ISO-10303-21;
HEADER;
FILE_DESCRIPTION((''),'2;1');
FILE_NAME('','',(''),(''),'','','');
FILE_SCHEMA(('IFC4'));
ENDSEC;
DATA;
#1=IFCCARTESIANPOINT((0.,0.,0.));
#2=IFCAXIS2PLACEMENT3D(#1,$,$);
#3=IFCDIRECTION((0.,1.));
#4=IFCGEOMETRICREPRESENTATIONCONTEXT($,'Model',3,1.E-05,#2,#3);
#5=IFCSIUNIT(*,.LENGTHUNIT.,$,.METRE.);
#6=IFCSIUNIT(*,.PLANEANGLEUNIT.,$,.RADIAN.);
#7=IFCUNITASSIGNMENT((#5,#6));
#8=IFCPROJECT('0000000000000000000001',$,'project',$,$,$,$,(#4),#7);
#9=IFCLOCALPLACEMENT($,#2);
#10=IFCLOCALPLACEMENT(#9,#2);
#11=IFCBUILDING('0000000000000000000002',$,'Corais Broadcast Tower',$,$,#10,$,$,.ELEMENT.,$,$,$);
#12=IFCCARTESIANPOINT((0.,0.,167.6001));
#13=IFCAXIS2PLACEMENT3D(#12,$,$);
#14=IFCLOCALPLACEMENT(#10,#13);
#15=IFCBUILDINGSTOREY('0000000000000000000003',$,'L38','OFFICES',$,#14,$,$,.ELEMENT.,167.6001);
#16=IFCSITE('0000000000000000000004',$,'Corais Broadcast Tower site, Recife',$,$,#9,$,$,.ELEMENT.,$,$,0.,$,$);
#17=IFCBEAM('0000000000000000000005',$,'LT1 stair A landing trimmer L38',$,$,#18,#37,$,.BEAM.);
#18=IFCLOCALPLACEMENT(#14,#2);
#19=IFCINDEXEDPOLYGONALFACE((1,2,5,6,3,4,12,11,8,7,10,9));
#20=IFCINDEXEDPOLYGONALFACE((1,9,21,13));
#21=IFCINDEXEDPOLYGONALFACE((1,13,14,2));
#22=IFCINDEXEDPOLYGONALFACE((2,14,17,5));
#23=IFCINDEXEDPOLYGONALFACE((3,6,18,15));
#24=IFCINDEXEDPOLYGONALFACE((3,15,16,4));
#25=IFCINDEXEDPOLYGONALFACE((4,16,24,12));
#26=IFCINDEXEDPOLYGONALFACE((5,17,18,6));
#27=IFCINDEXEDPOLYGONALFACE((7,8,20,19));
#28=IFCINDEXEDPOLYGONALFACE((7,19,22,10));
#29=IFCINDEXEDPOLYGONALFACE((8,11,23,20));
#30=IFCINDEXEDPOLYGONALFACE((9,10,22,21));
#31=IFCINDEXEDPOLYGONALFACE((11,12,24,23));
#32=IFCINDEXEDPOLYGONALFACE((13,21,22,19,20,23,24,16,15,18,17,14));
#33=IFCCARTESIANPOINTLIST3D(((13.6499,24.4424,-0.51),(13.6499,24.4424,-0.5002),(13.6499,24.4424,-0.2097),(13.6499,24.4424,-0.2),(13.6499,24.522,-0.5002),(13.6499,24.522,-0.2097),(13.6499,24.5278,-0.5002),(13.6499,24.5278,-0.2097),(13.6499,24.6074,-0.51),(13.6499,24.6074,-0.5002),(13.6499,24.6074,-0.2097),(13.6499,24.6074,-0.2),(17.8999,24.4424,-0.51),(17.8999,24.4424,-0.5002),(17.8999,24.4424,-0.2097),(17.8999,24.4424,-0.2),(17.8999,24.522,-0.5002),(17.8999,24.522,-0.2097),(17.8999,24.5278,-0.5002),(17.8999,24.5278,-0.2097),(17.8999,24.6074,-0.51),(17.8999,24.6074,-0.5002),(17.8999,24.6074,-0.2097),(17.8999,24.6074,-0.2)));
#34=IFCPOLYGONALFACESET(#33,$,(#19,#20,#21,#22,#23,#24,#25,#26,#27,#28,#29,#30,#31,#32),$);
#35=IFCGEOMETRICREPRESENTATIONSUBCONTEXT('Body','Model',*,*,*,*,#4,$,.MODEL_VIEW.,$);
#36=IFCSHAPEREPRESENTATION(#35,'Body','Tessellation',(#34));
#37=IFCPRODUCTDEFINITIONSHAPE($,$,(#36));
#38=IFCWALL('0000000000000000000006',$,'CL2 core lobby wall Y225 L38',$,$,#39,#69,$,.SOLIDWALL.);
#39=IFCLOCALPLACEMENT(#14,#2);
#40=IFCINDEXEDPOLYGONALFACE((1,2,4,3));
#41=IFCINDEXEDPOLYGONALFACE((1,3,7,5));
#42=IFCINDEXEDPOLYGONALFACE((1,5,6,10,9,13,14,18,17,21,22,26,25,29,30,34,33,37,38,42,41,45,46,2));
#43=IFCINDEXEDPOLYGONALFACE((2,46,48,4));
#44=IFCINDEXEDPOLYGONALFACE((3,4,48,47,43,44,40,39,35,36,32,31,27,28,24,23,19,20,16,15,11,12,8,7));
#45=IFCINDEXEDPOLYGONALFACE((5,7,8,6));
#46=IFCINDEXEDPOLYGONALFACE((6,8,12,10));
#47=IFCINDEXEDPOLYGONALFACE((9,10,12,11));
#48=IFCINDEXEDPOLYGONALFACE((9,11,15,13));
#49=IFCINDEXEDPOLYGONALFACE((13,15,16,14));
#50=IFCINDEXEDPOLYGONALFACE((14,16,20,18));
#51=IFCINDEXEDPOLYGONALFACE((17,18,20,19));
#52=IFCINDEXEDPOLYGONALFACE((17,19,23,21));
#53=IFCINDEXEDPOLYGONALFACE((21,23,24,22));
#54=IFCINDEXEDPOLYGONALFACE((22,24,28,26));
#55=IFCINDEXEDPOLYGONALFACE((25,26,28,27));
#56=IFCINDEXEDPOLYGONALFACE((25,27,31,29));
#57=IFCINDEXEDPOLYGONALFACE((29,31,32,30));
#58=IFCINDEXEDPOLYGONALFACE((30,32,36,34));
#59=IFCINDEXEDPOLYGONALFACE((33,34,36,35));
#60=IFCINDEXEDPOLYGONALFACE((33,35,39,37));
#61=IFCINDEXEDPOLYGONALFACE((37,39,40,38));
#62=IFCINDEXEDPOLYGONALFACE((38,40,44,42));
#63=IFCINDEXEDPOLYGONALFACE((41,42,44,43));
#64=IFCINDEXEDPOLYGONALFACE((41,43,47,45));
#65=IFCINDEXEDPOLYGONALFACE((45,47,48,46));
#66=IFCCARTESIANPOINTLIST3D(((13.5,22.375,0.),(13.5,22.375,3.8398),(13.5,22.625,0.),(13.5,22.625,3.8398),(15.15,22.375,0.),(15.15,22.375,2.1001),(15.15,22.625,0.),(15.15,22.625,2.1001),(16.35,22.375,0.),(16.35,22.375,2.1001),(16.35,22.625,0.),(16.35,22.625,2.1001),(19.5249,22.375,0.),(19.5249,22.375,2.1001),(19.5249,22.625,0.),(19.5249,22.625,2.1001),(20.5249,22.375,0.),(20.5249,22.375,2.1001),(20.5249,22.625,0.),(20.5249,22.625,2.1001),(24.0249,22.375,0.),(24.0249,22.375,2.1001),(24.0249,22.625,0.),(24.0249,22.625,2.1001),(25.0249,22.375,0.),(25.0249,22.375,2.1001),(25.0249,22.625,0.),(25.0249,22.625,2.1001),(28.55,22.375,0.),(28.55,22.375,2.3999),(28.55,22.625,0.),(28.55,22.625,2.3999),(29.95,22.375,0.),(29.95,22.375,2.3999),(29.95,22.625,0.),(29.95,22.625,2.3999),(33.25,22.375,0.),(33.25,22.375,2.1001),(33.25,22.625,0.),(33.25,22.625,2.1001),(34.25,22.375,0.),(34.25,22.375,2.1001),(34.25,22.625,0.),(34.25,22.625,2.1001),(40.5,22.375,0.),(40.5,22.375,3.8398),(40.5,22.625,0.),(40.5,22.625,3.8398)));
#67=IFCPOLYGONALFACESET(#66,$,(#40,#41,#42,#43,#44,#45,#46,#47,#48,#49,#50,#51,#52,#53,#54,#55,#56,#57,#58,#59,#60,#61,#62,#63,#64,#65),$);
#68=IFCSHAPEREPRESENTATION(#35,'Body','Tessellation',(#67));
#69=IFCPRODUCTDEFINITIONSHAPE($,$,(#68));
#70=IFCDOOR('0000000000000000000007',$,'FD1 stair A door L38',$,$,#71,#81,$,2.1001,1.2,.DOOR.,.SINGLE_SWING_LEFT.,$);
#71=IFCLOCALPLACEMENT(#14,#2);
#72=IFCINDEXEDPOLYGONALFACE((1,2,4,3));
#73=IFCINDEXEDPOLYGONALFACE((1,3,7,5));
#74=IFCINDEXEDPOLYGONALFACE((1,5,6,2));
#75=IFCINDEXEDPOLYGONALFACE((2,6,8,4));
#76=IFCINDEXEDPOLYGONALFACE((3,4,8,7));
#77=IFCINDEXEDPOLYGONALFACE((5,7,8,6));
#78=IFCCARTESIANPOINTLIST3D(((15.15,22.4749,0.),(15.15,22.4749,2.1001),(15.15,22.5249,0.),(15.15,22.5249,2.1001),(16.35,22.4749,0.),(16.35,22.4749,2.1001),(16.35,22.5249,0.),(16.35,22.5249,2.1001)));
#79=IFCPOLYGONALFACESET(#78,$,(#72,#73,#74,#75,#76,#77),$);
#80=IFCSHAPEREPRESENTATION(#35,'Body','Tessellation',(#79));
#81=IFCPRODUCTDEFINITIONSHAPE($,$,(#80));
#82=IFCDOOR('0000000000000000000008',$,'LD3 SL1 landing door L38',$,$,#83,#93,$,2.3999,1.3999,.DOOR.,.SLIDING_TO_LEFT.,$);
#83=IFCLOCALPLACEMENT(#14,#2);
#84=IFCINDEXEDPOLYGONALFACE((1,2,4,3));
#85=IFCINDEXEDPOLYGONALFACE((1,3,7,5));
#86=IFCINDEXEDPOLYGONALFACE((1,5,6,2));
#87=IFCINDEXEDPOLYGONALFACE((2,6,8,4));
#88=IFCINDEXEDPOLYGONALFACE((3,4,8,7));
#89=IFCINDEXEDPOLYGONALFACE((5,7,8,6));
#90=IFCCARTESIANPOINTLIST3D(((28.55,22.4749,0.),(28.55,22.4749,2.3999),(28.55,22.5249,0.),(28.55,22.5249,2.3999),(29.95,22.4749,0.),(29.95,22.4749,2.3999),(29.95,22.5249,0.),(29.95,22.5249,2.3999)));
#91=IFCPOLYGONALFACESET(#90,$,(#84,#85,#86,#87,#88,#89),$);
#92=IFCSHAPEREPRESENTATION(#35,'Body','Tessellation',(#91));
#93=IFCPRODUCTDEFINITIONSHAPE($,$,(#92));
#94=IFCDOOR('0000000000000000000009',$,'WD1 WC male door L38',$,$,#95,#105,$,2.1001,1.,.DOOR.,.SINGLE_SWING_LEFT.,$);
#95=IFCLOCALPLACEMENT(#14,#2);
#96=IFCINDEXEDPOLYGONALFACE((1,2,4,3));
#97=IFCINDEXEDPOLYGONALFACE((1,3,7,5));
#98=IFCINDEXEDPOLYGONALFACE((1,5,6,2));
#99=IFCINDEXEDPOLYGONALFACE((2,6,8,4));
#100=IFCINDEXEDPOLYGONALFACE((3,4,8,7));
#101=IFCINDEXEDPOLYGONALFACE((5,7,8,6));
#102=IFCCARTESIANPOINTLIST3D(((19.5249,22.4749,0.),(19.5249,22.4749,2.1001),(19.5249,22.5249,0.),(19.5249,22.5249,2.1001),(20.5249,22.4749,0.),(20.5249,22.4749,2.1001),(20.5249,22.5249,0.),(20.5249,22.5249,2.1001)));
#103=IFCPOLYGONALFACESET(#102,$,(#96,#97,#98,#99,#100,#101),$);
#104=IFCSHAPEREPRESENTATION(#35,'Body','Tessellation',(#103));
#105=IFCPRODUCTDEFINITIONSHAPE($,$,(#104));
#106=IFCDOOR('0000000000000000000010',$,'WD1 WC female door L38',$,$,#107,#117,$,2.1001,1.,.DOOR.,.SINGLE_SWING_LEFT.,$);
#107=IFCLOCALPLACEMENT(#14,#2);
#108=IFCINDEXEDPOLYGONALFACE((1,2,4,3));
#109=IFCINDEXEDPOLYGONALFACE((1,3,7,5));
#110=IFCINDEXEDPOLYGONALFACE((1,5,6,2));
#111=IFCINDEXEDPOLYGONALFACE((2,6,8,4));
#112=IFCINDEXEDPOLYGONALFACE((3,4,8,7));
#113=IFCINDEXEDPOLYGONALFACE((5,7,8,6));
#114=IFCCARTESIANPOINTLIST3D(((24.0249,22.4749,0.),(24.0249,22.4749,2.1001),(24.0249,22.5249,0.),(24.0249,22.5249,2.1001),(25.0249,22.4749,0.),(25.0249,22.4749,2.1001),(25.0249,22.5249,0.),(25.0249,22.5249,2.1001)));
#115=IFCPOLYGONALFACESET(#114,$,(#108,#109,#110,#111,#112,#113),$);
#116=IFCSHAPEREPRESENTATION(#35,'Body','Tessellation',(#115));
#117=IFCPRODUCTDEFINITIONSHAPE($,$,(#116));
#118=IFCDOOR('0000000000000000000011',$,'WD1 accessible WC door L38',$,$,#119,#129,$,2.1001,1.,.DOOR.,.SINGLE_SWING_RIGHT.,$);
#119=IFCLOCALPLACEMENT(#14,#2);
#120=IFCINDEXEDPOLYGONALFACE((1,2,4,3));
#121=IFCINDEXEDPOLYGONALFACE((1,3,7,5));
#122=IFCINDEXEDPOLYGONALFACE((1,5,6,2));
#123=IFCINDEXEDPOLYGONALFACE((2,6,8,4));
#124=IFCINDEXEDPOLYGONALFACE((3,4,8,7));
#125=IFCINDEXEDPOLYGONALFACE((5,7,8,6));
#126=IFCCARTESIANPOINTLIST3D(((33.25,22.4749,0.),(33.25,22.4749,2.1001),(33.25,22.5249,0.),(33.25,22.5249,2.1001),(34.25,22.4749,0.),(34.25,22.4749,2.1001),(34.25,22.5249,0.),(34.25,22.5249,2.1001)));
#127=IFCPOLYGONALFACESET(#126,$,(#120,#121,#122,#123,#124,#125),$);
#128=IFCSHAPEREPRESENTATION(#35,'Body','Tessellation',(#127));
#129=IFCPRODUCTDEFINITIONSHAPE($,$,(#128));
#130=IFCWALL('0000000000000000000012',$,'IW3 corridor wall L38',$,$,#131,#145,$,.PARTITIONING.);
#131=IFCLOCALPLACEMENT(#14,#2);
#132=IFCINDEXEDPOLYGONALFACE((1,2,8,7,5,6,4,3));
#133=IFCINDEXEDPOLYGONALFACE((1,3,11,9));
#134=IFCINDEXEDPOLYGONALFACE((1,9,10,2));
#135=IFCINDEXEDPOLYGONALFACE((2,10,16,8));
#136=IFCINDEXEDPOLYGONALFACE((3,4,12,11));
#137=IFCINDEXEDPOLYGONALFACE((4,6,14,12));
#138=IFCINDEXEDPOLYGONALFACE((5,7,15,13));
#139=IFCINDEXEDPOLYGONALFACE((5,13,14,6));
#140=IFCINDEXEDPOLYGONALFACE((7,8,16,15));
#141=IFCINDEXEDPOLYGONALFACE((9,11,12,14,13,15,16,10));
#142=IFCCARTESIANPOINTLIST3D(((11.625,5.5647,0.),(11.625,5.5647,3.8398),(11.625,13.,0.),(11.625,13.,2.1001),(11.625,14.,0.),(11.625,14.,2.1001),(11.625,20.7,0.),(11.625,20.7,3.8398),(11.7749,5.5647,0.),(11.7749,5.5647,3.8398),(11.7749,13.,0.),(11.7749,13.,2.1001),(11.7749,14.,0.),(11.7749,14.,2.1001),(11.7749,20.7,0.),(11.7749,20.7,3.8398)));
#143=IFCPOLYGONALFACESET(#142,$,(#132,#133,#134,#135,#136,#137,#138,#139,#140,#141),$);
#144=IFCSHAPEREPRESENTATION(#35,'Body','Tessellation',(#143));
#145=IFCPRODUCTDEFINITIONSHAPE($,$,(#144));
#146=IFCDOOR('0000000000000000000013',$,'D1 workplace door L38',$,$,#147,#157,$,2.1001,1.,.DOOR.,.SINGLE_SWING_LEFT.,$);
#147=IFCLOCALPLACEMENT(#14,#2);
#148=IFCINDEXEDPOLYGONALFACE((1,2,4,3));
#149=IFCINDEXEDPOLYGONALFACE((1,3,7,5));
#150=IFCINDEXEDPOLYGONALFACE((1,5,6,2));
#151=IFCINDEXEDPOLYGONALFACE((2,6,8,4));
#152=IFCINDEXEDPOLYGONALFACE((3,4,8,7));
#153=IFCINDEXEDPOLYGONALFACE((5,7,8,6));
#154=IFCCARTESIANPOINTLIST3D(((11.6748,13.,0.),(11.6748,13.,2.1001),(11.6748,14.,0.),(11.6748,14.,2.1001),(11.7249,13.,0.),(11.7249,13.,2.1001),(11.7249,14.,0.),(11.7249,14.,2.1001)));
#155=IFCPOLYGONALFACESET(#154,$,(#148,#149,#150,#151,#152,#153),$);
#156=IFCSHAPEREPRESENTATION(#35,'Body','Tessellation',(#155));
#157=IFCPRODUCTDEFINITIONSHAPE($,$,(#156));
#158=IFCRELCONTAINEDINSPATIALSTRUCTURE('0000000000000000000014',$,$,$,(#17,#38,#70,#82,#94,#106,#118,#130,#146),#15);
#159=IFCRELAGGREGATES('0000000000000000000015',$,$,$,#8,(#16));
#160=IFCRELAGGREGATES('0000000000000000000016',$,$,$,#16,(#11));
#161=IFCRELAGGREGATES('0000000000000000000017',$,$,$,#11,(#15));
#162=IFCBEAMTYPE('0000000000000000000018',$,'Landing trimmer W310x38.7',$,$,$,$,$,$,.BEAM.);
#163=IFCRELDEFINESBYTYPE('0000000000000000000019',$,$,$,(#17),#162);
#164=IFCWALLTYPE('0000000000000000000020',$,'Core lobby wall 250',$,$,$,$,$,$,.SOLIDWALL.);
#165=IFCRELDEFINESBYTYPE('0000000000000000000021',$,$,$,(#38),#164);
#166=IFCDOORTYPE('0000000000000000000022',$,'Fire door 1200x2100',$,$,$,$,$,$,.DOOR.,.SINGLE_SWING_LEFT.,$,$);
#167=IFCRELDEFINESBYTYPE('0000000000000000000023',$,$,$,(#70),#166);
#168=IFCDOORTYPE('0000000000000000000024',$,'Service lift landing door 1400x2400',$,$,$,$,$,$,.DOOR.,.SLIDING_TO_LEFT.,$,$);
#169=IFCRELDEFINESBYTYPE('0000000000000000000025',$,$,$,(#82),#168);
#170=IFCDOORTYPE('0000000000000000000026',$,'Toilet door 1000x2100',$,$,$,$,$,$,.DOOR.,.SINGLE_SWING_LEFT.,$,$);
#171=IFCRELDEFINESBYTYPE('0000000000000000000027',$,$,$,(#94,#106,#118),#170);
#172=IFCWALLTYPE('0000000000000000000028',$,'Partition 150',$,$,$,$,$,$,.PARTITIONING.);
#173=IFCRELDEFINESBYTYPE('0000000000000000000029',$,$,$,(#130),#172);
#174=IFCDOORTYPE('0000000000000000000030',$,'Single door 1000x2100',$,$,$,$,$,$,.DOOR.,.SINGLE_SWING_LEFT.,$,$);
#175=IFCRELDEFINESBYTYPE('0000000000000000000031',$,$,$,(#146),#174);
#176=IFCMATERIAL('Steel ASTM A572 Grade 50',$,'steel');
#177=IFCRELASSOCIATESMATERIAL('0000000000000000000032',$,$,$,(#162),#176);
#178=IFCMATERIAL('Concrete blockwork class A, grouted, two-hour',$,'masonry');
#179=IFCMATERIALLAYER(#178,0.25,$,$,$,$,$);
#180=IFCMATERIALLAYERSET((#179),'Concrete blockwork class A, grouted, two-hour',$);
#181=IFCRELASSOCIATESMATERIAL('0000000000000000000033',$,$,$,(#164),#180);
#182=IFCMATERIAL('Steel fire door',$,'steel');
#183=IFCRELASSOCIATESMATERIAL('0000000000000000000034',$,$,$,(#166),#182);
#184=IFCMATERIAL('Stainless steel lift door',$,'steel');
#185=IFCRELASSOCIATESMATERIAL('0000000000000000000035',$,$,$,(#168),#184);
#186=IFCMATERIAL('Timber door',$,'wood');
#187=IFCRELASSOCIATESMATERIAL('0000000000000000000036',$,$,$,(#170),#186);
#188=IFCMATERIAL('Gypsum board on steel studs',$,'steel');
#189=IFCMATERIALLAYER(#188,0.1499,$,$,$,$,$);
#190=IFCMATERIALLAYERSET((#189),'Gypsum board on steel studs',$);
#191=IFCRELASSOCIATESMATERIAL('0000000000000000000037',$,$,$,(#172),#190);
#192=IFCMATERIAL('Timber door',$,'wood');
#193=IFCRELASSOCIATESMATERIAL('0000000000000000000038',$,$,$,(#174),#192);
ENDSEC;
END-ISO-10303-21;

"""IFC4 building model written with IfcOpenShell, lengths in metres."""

from ifc_helpers import new_model, si_unit, direction, frame, frame_2d, origin, origin_2d, place, context, subcontext, project, spatial, rectangle, i_section, extrude, material, layer, layer_set, material_profile, profile_set, type_object, element, fill, save


model = new_model("IFC4")

# Units and contexts
model_context = context("Model", 3, precision=1e-05, world=origin(), true_north=direction((0.0, 1.0)))
body_context = subcontext(model_context, "Body", "Model", "MODEL_VIEW")
ifc_project = project(units=[si_unit("LENGTHUNIT", "METRE"), si_unit("PLANEANGLEUNIT", "RADIAN")], contexts=[model_context])

# Site, building, storey
site_placement = place(None, origin())
site = spatial("IfcSite", under=ifc_project, at=site_placement, Name="Corais Broadcast Tower site, Recife", CompositionType="ELEMENT", RefElevation=0.0)
building_placement = place(site_placement, origin())
building = spatial("IfcBuilding", under=site, at=building_placement, Name="Corais Broadcast Tower", CompositionType="ELEMENT")
storey_placement = place(building_placement, frame((0.0, 0.0, 167.6001)))
storey = spatial("IfcBuildingStorey", under=building, at=storey_placement, Name="L38", Description="OFFICES", CompositionType="ELEMENT", Elevation=167.6001)

# Beam
ifc_material_1 = material(Name="Steel ASTM A572 Grade 50", Category="steel")
ifc_material_profile = material_profile(ifc_material_1, i_section(OverallWidth=0.165, OverallDepth=0.3101, WebThickness=0.0059, FlangeThickness=0.0098, at=origin_2d()), Name="W310x38.7")
ifc_profile_set = profile_set([ifc_material_profile], Name="Steel ASTM A572 Grade 50")
beam_type = type_object("IfcBeamType", Name="Landing trimmer W310x38.7", PredefinedType="BEAM", material=ifc_profile_set)
beam_placement = place(storey_placement, frame((13.6499, 24.5249, -0.355), z_axis=(1.0, 0.0, 0.0), x_axis=(0.0, 1.0, 0.0)))
element("IfcBeam", 1, at=beam_placement, inside=storey, type_object=beam_type, Name="LT1 stair A landing trimmer L38", PredefinedType="BEAM", context=body_context, shape_type="SweptSolid", body=[
    extrude(i_section(OverallWidth=0.165, OverallDepth=0.3101, WebThickness=0.0059, FlangeThickness=0.0098, at=origin_2d()), origin(), (0.0, 0.0, 1.0), 4.25),
])

# Wall, openings, doors
ifc_material_2 = material(Name="Concrete blockwork class A, grouted, two-hour", Category="masonry")
ifc_layer_1 = layer(ifc_material_2, 0.25)
ifc_layer_set_1 = layer_set([ifc_layer_1], Name="Concrete blockwork class A, grouted, two-hour")
wall_type_1 = type_object("IfcWallType", Name="Core lobby wall 250", PredefinedType="SOLIDWALL", material=ifc_layer_set_1)
wall_1_placement = place(storey_placement, frame((13.5, 22.5, 0.0), z_axis=(0.0, 0.0, 1.0), x_axis=(1.0, 0.0, 0.0)))
wall_1 = element("IfcWall", 2, at=wall_1_placement, inside=storey, type_object=wall_type_1, Name="CL2 core lobby wall Y225 L38", PredefinedType="SOLIDWALL", context=body_context, shape_type="SweptSolid", body=[
    extrude(rectangle(XDim=27.0, YDim=0.25, at=frame_2d((13.5, 0.0))), origin(), (0.0, 0.0, 1.0), 3.8398),
])
opening_1_placement = place(wall_1_placement, frame((1.6499, 0.0, 0.0)))
opening_1 = element("IfcOpeningElement", 3, at=opening_1_placement, cuts=wall_1, PredefinedType="OPENING", context=body_context, shape_type="SweptSolid", body=[
    extrude(rectangle(XDim=1.2, YDim=2.1001, at=frame_2d((0.6001, 1.05))), frame((0.0, 0.135, 0.0), z_axis=(0.0, -1.0, 0.0), x_axis=(1.0, 0.0, 0.0)), (0.0, 0.0, 1.0), 0.27),
])
opening_2_placement = place(wall_1_placement, frame((6.0249, 0.0, 0.0)))
opening_2 = element("IfcOpeningElement", 4, at=opening_2_placement, cuts=wall_1, PredefinedType="OPENING", context=body_context, shape_type="SweptSolid", body=[
    extrude(rectangle(XDim=1.0, YDim=2.1001, at=frame_2d((0.5, 1.05))), frame((0.0, 0.135, 0.0), z_axis=(0.0, -1.0, 0.0), x_axis=(1.0, 0.0, 0.0)), (0.0, 0.0, 1.0), 0.27),
])
opening_3_placement = place(wall_1_placement, frame((10.5249, 0.0, 0.0)))
opening_3 = element("IfcOpeningElement", 5, at=opening_3_placement, cuts=wall_1, PredefinedType="OPENING", context=body_context, shape_type="SweptSolid", body=[
    extrude(rectangle(XDim=1.0, YDim=2.1001, at=frame_2d((0.5, 1.05))), frame((0.0, 0.135, 0.0), z_axis=(0.0, -1.0, 0.0), x_axis=(1.0, 0.0, 0.0)), (0.0, 0.0, 1.0), 0.27),
])
opening_4_placement = place(wall_1_placement, frame((19.75, 0.0, 0.0)))
opening_4 = element("IfcOpeningElement", 6, at=opening_4_placement, cuts=wall_1, PredefinedType="OPENING", context=body_context, shape_type="SweptSolid", body=[
    extrude(rectangle(XDim=1.0, YDim=2.1001, at=frame_2d((0.5, 1.05))), frame((0.0, 0.135, 0.0), z_axis=(0.0, -1.0, 0.0), x_axis=(1.0, 0.0, 0.0)), (0.0, 0.0, 1.0), 0.27),
])
opening_5_placement = place(wall_1_placement, frame((15.05, 0.0, 0.0)))
opening_5 = element("IfcOpeningElement", 7, at=opening_5_placement, cuts=wall_1, PredefinedType="OPENING", context=body_context, shape_type="SweptSolid", body=[
    extrude(rectangle(XDim=1.3999, YDim=2.3999, at=frame_2d((0.7, 1.2))), frame((0.0, 0.135, 0.0), z_axis=(0.0, -1.0, 0.0), x_axis=(1.0, 0.0, 0.0)), (0.0, 0.0, 1.0), 0.27),
])
ifc_material_3 = material(Name="Steel fire door", Category="steel")
door_type_1 = type_object("IfcDoorType", Name="Fire door 1200x2100", OperationType="SINGLE_SWING_LEFT", PredefinedType="DOOR", material=ifc_material_3)
door_1_placement = place(opening_1_placement, origin())
door_1 = element("IfcDoor", 8, at=door_1_placement, inside=storey, type_object=door_type_1, Name="FD1 stair A door L38", OperationType="SINGLE_SWING_LEFT", OverallHeight=2.1001, OverallWidth=1.2, PredefinedType="DOOR", context=body_context, shape_type="SweptSolid", body=[
    extrude(rectangle(XDim=1.2, YDim=2.1001, at=frame_2d((0.6001, 1.05))), frame((0.0, 0.0249, 0.0), z_axis=(0.0, -1.0, 0.0), x_axis=(1.0, 0.0, 0.0)), (0.0, 0.0, 1.0), 0.05),
])
fill(opening_1, door_1)
ifc_material_4 = material(Name="Stainless steel lift door", Category="steel")
door_type_2 = type_object("IfcDoorType", Name="Service lift landing door 1400x2400", OperationType="SLIDING_TO_LEFT", PredefinedType="DOOR", material=ifc_material_4)
door_2_placement = place(opening_5_placement, origin())
door_2 = element("IfcDoor", 9, at=door_2_placement, inside=storey, type_object=door_type_2, Name="LD3 SL1 landing door L38", OperationType="SLIDING_TO_LEFT", OverallHeight=2.3999, OverallWidth=1.3999, PredefinedType="DOOR", context=body_context, shape_type="SweptSolid", body=[
    extrude(rectangle(XDim=1.3999, YDim=2.3999, at=frame_2d((0.7, 1.2))), frame((0.0, 0.0249, 0.0), z_axis=(0.0, -1.0, 0.0), x_axis=(1.0, 0.0, 0.0)), (0.0, 0.0, 1.0), 0.05),
])
fill(opening_5, door_2)
ifc_material_5 = material(Name="Timber door", Category="wood")
door_type_3 = type_object("IfcDoorType", Name="Toilet door 1000x2100", OperationType="SINGLE_SWING_LEFT", PredefinedType="DOOR", material=ifc_material_5)
door_3_placement = place(opening_2_placement, origin())
door_3 = element("IfcDoor", 10, at=door_3_placement, inside=storey, type_object=door_type_3, Name="WD1 WC male door L38", OperationType="SINGLE_SWING_LEFT", OverallHeight=2.1001, OverallWidth=1.0, PredefinedType="DOOR", context=body_context, shape_type="SweptSolid", body=[
    extrude(rectangle(XDim=1.0, YDim=2.1001, at=frame_2d((0.5, 1.05))), frame((0.0, 0.0249, 0.0), z_axis=(0.0, -1.0, 0.0), x_axis=(1.0, 0.0, 0.0)), (0.0, 0.0, 1.0), 0.05),
])
fill(opening_2, door_3)
door_4_placement = place(opening_3_placement, origin())
door_4 = element("IfcDoor", 11, at=door_4_placement, inside=storey, type_object=door_type_3, Name="WD1 WC female door L38", OperationType="SINGLE_SWING_LEFT", OverallHeight=2.1001, OverallWidth=1.0, PredefinedType="DOOR", context=body_context, shape_type="SweptSolid", body=[
    extrude(rectangle(XDim=1.0, YDim=2.1001, at=frame_2d((0.5, 1.05))), frame((0.0, 0.0249, 0.0), z_axis=(0.0, -1.0, 0.0), x_axis=(1.0, 0.0, 0.0)), (0.0, 0.0, 1.0), 0.05),
])
fill(opening_3, door_4)
door_5_placement = place(opening_4_placement, origin())
door_5 = element("IfcDoor", 12, at=door_5_placement, inside=storey, type_object=door_type_3, Name="WD1 accessible WC door L38", OperationType="SINGLE_SWING_RIGHT", OverallHeight=2.1001, OverallWidth=1.0, PredefinedType="DOOR", context=body_context, shape_type="SweptSolid", body=[
    extrude(rectangle(XDim=1.0, YDim=2.1001, at=frame_2d((0.5, 1.05))), frame((0.0, 0.0249, 0.0), z_axis=(0.0, -1.0, 0.0), x_axis=(1.0, 0.0, 0.0)), (0.0, 0.0, 1.0), 0.05),
])
fill(opening_4, door_5)

# Wall, opening, door
ifc_material_6 = material(Name="Gypsum board on steel studs", Category="steel")
ifc_layer_2 = layer(ifc_material_6, 0.1499)
ifc_layer_set_2 = layer_set([ifc_layer_2], Name="Gypsum board on steel studs")
wall_type_2 = type_object("IfcWallType", Name="Partition 150", PredefinedType="PARTITIONING", material=ifc_layer_set_2)
wall_2_placement = place(storey_placement, frame((11.7, 20.7, 0.0), z_axis=(0.0, 0.0, 1.0), x_axis=(0.0, -1.0, 0.0)))
wall_2 = element("IfcWall", 13, at=wall_2_placement, inside=storey, type_object=wall_type_2, Name="IW3 corridor wall L38", PredefinedType="PARTITIONING", context=body_context, shape_type="SweptSolid", body=[
    extrude(rectangle(XDim=15.1353, YDim=0.1499, at=frame_2d((7.5676, 0.0))), origin(), (0.0, 0.0, 1.0), 3.8398),
])
opening_6_placement = place(wall_2_placement, frame((6.7, 0.0, 0.0)))
opening_6 = element("IfcOpeningElement", 14, at=opening_6_placement, cuts=wall_2, PredefinedType="OPENING", context=body_context, shape_type="SweptSolid", body=[
    extrude(rectangle(XDim=1.0, YDim=2.1001, at=frame_2d((0.5, 1.05))), frame((0.0, 0.085, 0.0), z_axis=(0.0, -1.0, 0.0), x_axis=(1.0, 0.0, 0.0)), (0.0, 0.0, 1.0), 0.1699),
])
ifc_material_7 = material(Name="Timber door", Category="wood")
door_type_4 = type_object("IfcDoorType", Name="Single door 1000x2100", OperationType="SINGLE_SWING_LEFT", PredefinedType="DOOR", material=ifc_material_7)
door_6_placement = place(opening_6_placement, origin())
door_6 = element("IfcDoor", 15, at=door_6_placement, inside=storey, type_object=door_type_4, Name="D1 workplace door L38", OperationType="SINGLE_SWING_LEFT", OverallHeight=2.1001, OverallWidth=1.0, PredefinedType="DOOR", context=body_context, shape_type="SweptSolid", body=[
    extrude(rectangle(XDim=1.0, YDim=2.1001, at=frame_2d((0.5, 1.05))), frame((0.0, 0.0249, 0.0), z_axis=(0.0, -1.0, 0.0), x_axis=(1.0, 0.0, 0.0)), (0.0, 0.0, 1.0), 0.05),
])
fill(opening_6, door_6)

save(model, "model.ifc")
